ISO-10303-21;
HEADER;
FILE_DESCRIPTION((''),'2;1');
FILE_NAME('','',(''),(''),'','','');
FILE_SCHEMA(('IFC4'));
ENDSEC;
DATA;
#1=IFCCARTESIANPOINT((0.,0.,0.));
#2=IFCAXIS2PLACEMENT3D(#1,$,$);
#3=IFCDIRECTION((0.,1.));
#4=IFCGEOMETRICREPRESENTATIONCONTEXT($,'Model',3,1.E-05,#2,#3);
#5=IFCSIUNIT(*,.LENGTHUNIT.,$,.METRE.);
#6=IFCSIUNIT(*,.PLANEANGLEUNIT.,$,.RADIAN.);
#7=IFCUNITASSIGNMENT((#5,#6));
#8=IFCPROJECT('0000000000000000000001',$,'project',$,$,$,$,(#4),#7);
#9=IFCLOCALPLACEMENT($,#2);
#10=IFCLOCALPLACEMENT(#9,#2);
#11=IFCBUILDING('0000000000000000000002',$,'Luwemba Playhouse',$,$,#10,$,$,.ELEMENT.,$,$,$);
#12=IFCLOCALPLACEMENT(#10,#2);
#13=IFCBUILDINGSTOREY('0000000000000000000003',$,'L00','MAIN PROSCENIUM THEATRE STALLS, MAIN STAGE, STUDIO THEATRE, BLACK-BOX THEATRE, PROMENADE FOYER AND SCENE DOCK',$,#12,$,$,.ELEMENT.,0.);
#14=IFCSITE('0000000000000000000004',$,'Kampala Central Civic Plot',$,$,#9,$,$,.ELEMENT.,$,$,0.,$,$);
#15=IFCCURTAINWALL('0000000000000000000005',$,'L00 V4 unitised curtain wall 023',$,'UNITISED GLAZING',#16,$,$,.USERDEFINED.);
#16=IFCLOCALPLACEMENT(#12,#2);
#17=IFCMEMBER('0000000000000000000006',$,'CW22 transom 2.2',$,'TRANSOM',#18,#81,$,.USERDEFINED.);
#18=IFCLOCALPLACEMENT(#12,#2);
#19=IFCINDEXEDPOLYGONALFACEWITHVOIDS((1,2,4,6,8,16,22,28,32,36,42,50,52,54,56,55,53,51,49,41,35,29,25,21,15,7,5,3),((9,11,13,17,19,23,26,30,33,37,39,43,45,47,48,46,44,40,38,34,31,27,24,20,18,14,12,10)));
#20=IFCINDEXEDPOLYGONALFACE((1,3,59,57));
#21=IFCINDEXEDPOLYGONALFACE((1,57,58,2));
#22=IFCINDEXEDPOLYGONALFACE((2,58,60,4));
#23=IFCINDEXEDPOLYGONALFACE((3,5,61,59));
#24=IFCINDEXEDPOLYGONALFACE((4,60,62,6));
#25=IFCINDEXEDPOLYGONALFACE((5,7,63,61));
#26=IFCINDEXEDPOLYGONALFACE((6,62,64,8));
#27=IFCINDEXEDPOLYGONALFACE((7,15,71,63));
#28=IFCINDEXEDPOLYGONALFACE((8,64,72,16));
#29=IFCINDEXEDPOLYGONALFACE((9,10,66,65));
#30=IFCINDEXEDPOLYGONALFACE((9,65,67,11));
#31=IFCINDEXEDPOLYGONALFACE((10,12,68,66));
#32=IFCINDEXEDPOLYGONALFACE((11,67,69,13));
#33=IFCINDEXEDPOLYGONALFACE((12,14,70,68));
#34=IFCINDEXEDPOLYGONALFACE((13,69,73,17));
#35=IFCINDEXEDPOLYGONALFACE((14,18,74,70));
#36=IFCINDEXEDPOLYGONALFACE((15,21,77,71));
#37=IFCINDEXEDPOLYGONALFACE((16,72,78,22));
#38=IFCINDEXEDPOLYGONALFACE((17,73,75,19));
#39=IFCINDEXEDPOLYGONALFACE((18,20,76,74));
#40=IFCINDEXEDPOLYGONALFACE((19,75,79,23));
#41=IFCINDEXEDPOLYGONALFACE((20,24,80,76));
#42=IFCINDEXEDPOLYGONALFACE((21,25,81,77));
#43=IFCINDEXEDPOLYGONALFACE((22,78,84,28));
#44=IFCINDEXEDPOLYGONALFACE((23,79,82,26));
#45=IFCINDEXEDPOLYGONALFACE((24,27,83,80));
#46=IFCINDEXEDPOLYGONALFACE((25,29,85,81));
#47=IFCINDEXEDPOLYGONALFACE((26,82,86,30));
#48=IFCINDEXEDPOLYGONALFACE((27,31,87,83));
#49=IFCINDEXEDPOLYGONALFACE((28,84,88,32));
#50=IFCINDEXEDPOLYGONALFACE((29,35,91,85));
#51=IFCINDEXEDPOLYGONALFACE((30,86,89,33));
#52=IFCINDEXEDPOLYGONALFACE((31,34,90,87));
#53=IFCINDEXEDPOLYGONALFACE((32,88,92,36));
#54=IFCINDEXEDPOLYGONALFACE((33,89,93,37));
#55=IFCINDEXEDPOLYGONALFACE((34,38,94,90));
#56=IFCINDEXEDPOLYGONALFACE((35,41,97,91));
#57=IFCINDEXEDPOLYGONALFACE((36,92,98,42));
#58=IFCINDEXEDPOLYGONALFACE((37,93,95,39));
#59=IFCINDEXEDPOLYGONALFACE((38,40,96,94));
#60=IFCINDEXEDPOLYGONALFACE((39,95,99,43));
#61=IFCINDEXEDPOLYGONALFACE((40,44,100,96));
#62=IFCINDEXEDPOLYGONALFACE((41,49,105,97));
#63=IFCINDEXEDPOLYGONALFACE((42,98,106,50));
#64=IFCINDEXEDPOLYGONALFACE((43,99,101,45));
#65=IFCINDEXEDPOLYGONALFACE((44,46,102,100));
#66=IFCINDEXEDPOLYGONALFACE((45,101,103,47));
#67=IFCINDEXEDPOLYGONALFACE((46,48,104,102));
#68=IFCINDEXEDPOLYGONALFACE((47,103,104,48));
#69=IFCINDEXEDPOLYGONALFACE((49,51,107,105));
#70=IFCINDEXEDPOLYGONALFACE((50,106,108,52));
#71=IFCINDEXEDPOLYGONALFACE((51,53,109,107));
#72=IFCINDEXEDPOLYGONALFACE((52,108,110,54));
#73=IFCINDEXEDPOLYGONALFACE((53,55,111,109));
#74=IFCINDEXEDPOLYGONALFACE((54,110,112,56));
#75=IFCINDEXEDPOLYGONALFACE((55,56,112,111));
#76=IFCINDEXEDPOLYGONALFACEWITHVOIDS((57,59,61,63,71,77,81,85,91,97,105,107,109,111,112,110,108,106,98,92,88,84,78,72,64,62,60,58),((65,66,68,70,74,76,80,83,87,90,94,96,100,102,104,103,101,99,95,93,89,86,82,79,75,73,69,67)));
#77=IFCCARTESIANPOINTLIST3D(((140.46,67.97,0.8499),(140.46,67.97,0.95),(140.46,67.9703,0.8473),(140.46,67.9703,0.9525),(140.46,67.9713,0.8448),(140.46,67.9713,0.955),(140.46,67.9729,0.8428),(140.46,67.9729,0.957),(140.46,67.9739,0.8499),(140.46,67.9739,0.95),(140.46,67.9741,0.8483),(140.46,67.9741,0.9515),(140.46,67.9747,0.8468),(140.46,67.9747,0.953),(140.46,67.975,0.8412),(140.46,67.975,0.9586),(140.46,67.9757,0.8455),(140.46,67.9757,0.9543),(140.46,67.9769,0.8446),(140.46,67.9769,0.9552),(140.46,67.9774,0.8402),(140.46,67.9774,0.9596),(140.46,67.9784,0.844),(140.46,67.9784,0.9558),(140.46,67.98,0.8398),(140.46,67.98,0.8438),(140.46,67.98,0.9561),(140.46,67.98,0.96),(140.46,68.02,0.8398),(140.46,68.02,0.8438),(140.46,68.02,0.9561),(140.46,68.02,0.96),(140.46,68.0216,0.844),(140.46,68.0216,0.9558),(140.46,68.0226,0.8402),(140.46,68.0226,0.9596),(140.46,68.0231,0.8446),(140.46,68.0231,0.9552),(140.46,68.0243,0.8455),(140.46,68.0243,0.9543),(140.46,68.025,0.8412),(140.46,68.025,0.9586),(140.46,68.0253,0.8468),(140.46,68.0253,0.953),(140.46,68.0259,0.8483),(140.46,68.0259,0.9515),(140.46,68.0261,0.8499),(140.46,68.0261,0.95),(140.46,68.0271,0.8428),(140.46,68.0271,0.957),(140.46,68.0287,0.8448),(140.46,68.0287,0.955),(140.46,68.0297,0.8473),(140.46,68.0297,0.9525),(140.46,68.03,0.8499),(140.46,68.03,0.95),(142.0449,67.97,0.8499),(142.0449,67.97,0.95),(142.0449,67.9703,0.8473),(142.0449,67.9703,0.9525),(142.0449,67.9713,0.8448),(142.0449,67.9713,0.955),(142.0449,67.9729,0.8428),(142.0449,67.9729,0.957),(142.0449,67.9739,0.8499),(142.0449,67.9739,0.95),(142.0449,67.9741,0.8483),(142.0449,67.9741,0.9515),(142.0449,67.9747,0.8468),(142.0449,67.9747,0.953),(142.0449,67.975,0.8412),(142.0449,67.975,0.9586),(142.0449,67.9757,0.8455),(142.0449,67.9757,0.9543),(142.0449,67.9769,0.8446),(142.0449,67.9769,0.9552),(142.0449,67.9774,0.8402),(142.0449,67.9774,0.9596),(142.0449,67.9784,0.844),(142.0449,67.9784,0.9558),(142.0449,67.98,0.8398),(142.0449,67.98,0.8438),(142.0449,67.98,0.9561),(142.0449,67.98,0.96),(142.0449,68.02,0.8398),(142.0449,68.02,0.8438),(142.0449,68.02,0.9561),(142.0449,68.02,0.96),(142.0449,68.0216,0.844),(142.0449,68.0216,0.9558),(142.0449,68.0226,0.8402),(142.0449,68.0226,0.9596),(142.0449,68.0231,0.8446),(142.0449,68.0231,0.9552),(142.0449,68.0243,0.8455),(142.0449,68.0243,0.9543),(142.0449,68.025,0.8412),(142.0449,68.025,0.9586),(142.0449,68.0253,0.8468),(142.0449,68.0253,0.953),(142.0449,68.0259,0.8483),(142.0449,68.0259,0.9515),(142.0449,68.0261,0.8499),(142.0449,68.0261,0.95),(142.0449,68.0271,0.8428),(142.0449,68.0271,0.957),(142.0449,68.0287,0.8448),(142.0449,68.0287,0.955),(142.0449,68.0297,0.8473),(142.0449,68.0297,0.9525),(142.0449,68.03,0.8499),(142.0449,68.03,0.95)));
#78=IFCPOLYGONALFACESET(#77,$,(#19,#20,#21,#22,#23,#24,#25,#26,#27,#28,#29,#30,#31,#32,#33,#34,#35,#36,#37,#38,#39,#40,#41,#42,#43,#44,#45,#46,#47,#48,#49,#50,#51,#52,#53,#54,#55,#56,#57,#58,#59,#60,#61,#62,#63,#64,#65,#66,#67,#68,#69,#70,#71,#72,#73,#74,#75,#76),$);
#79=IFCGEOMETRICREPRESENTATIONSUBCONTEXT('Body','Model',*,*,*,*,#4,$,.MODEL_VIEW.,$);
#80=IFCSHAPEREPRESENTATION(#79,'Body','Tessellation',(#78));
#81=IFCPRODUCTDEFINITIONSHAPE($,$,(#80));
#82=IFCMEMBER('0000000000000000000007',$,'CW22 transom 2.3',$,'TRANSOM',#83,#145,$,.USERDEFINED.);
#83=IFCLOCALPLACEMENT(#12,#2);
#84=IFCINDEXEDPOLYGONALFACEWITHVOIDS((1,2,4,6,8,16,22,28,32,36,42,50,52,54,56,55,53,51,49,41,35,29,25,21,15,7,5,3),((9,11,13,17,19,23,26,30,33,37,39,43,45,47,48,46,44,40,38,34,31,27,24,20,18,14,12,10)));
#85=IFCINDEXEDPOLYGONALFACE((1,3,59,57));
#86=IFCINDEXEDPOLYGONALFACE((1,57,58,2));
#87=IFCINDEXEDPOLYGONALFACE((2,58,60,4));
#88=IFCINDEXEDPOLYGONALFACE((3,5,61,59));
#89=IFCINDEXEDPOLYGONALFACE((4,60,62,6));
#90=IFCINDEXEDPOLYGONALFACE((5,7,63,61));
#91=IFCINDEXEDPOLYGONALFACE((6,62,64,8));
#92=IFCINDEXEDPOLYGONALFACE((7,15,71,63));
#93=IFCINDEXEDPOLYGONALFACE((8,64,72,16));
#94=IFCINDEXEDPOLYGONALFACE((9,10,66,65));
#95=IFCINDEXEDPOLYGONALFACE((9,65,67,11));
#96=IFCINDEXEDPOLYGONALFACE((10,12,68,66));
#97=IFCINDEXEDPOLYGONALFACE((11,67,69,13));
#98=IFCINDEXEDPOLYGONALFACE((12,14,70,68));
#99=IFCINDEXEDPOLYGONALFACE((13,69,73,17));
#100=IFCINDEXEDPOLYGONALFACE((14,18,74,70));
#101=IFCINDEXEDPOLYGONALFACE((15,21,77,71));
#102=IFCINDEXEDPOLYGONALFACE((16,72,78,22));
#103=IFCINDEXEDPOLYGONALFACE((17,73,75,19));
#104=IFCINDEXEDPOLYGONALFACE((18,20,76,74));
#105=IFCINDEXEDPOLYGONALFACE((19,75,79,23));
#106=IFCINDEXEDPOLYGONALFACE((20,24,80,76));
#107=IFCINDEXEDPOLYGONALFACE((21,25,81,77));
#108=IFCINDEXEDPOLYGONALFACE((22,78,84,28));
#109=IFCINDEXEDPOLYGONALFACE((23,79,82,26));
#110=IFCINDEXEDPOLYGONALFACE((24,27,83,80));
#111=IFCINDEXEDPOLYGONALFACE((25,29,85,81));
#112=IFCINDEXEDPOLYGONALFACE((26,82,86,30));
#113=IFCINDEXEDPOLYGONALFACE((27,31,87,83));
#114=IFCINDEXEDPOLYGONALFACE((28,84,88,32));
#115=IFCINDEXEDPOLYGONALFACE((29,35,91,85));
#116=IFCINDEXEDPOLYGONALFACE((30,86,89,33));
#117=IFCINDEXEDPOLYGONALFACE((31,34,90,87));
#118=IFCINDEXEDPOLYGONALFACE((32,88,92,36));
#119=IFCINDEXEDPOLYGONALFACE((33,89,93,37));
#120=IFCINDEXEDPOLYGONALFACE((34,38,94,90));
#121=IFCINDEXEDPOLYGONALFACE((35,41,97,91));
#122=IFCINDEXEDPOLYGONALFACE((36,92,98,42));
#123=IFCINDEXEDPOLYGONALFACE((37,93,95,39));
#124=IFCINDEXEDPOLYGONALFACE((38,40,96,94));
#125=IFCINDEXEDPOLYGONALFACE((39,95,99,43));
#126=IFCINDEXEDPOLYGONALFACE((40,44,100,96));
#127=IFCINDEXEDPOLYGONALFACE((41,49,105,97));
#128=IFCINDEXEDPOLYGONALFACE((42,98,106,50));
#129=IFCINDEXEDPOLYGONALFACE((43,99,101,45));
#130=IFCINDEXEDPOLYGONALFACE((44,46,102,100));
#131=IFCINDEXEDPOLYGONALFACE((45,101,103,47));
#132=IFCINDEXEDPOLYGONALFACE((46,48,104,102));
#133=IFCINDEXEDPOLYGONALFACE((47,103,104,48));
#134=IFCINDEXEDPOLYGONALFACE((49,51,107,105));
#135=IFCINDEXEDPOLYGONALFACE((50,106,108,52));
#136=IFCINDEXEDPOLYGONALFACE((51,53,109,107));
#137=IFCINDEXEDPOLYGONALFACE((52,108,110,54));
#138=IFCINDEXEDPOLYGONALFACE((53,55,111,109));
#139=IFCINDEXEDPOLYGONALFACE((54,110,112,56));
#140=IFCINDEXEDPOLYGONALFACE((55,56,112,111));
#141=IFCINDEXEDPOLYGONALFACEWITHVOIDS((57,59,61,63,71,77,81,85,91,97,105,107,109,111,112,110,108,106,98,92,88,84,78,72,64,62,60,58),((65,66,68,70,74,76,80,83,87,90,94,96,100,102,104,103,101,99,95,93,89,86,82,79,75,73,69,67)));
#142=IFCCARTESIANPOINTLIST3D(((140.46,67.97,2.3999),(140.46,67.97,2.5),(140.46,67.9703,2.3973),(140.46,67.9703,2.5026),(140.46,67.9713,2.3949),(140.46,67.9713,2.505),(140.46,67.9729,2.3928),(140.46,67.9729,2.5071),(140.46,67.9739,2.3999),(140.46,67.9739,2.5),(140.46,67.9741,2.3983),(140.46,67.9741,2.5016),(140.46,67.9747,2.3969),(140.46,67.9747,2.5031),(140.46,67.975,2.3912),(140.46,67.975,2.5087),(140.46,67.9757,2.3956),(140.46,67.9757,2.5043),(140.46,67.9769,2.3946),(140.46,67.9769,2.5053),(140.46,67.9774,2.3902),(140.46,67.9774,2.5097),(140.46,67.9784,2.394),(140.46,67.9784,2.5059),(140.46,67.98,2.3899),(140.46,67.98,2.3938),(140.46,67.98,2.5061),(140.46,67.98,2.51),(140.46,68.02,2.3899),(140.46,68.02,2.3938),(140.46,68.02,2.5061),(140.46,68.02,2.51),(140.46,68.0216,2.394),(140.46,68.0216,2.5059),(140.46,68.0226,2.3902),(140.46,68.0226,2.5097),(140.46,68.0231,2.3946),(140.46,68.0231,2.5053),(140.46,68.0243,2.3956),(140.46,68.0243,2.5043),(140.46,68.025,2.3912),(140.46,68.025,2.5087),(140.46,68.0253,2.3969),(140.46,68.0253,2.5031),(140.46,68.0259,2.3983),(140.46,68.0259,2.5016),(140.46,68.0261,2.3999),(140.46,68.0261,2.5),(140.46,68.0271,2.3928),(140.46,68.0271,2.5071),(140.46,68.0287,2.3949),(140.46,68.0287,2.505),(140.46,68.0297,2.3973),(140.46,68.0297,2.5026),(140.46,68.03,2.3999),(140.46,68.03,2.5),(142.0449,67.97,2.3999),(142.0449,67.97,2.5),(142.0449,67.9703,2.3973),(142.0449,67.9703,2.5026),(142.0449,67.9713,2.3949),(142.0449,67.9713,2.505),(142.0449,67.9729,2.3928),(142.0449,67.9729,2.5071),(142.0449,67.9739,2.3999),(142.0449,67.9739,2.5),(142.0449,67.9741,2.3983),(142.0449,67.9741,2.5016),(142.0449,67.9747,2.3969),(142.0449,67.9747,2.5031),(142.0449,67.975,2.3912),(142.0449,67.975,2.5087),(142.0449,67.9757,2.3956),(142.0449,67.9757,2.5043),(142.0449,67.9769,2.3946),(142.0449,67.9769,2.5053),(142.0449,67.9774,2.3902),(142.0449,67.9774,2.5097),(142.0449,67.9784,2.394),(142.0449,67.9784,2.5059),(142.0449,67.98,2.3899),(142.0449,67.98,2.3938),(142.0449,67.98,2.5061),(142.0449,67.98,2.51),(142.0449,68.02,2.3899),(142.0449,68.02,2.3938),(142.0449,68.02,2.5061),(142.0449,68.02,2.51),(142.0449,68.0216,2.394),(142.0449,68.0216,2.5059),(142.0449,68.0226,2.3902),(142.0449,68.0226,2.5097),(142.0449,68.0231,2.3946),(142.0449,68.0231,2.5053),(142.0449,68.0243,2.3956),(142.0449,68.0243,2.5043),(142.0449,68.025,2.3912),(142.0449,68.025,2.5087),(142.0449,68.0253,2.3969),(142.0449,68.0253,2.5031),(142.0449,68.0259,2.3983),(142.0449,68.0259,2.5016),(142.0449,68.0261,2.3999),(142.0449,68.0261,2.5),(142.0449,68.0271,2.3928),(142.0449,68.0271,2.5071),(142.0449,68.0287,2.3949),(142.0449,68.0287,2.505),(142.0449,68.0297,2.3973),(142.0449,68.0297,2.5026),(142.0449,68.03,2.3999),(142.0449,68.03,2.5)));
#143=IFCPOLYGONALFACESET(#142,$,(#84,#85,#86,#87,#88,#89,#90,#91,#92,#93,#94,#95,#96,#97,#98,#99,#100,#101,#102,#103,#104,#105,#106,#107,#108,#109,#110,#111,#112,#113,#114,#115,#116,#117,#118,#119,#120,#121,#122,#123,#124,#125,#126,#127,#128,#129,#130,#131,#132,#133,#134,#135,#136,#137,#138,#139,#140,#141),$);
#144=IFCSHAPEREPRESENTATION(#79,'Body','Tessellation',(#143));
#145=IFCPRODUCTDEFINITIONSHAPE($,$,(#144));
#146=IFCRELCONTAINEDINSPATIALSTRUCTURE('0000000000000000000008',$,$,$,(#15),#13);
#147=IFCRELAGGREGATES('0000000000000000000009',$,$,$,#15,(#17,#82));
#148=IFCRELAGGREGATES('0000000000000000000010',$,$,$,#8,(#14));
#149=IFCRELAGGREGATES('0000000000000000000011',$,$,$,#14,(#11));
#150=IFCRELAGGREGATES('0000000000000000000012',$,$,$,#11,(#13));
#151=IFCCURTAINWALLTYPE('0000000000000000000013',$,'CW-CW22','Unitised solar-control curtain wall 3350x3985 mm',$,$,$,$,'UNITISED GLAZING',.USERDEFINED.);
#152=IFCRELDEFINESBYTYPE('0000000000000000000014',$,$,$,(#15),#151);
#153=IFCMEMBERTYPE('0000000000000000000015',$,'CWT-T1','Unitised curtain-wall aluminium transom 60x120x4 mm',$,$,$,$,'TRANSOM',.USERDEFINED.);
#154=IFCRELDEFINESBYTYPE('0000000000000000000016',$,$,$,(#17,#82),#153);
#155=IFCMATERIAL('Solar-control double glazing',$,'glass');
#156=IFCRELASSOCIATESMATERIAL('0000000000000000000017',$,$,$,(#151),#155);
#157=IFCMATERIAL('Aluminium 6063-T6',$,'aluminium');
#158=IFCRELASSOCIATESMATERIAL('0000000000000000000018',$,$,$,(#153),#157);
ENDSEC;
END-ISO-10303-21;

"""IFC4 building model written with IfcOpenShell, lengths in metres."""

from ifc_helpers import new_model, si_unit, direction, frame, origin, origin_2d, place, context, subcontext, project, spatial, hollow_rectangle, extrude, material, material_profile, profile_set, type_object, element, aggregate, save


model = new_model("IFC4")

# Units and contexts
model_context = context("Model", 3, precision=1e-05, world=origin(), true_north=direction((0.0, 1.0)))
body_context = subcontext(model_context, "Body", "Model", "MODEL_VIEW")
ifc_project = project(units=[si_unit("LENGTHUNIT", "METRE"), si_unit("PLANEANGLEUNIT", "RADIAN")], contexts=[model_context])

# Site, building, storey
site_placement = place(None, origin())
site = spatial("IfcSite", under=ifc_project, at=site_placement, Name="Kampala Central Civic Plot", CompositionType="ELEMENT", RefElevation=0.0)
building_placement = place(site_placement, origin())
building = spatial("IfcBuilding", under=site, at=building_placement, Name="Luwemba Playhouse", CompositionType="ELEMENT")
storey_placement = place(building_placement, origin())
storey = spatial("IfcBuildingStorey", under=building, at=storey_placement, Name="L00", Description="MAIN PROSCENIUM THEATRE STALLS, MAIN STAGE, STUDIO THEATRE, BLACK-BOX THEATRE, PROMENADE FOYER AND SCENE DOCK", CompositionType="ELEMENT", Elevation=0.0)

# Curtain wall, members
ifc_material_1 = material(Name="Solar-control double glazing", Category="glass")
curtain_wall_type = type_object("IfcCurtainWallType", Name="CW-CW22", Description="Unitised solar-control curtain wall 3350x3985 mm", ElementType="UNITISED GLAZING", PredefinedType="USERDEFINED", material=ifc_material_1)
curtain_wall_placement = place(storey_placement, origin())
curtain_wall = element("IfcCurtainWall", 1, at=curtain_wall_placement, inside=storey, type_object=curtain_wall_type, Name="L00 V4 unitised curtain wall 023", ObjectType="UNITISED GLAZING", PredefinedType="USERDEFINED")
ifc_material_2 = material(Name="Aluminium 6063-T6", Category="aluminium")
ifc_material_profile_1 = material_profile(ifc_material_2, hollow_rectangle(XDim=0.0601, YDim=0.1201, WallThickness=0.0039, InnerFilletRadius=0.0061, OuterFilletRadius=0.01, at=origin_2d()))
ifc_profile_set_1 = profile_set([ifc_material_profile_1], Name="Aluminium 6063-T6")
member_type_1 = type_object("IfcMemberType", Name="CWT-T1", Description="Unitised curtain-wall aluminium transom 60x120x4 mm", ElementType="TRANSOM", PredefinedType="USERDEFINED", material=ifc_profile_set_1)
member_1_placement = place(storey_placement, frame((142.0449, 68.0, 0.8999), z_axis=(-1.0, 0.0, 0.0), x_axis=(0.0, -1.0, 0.0)))
member_1 = element("IfcMember", 2, at=member_1_placement, type_object=member_type_1, Name="CW22 transom 2.2", ObjectType="TRANSOM", PredefinedType="USERDEFINED", context=body_context, shape_type="SweptSolid", body=[
    extrude(hollow_rectangle(XDim=0.0601, YDim=0.1201, WallThickness=0.0039, InnerFilletRadius=0.0061, OuterFilletRadius=0.01, at=origin_2d()), origin(), (0.0, 0.0, 1.0), 1.585),
])
member_2_placement = place(storey_placement, frame((142.0449, 68.0, 2.45), z_axis=(-1.0, 0.0, 0.0), x_axis=(0.0, -1.0, 0.0)))
member_2 = element("IfcMember", 3, at=member_2_placement, type_object=member_type_1, Name="CW22 transom 2.3", ObjectType="TRANSOM", PredefinedType="USERDEFINED", context=body_context, shape_type="SweptSolid", body=[
    extrude(hollow_rectangle(XDim=0.0601, YDim=0.1201, WallThickness=0.0039, InnerFilletRadius=0.0061, OuterFilletRadius=0.01, at=origin_2d()), origin(), (0.0, 0.0, 1.0), 1.585),
])
aggregate(curtain_wall, [member_1, member_2])

save(model, "model.ifc")
